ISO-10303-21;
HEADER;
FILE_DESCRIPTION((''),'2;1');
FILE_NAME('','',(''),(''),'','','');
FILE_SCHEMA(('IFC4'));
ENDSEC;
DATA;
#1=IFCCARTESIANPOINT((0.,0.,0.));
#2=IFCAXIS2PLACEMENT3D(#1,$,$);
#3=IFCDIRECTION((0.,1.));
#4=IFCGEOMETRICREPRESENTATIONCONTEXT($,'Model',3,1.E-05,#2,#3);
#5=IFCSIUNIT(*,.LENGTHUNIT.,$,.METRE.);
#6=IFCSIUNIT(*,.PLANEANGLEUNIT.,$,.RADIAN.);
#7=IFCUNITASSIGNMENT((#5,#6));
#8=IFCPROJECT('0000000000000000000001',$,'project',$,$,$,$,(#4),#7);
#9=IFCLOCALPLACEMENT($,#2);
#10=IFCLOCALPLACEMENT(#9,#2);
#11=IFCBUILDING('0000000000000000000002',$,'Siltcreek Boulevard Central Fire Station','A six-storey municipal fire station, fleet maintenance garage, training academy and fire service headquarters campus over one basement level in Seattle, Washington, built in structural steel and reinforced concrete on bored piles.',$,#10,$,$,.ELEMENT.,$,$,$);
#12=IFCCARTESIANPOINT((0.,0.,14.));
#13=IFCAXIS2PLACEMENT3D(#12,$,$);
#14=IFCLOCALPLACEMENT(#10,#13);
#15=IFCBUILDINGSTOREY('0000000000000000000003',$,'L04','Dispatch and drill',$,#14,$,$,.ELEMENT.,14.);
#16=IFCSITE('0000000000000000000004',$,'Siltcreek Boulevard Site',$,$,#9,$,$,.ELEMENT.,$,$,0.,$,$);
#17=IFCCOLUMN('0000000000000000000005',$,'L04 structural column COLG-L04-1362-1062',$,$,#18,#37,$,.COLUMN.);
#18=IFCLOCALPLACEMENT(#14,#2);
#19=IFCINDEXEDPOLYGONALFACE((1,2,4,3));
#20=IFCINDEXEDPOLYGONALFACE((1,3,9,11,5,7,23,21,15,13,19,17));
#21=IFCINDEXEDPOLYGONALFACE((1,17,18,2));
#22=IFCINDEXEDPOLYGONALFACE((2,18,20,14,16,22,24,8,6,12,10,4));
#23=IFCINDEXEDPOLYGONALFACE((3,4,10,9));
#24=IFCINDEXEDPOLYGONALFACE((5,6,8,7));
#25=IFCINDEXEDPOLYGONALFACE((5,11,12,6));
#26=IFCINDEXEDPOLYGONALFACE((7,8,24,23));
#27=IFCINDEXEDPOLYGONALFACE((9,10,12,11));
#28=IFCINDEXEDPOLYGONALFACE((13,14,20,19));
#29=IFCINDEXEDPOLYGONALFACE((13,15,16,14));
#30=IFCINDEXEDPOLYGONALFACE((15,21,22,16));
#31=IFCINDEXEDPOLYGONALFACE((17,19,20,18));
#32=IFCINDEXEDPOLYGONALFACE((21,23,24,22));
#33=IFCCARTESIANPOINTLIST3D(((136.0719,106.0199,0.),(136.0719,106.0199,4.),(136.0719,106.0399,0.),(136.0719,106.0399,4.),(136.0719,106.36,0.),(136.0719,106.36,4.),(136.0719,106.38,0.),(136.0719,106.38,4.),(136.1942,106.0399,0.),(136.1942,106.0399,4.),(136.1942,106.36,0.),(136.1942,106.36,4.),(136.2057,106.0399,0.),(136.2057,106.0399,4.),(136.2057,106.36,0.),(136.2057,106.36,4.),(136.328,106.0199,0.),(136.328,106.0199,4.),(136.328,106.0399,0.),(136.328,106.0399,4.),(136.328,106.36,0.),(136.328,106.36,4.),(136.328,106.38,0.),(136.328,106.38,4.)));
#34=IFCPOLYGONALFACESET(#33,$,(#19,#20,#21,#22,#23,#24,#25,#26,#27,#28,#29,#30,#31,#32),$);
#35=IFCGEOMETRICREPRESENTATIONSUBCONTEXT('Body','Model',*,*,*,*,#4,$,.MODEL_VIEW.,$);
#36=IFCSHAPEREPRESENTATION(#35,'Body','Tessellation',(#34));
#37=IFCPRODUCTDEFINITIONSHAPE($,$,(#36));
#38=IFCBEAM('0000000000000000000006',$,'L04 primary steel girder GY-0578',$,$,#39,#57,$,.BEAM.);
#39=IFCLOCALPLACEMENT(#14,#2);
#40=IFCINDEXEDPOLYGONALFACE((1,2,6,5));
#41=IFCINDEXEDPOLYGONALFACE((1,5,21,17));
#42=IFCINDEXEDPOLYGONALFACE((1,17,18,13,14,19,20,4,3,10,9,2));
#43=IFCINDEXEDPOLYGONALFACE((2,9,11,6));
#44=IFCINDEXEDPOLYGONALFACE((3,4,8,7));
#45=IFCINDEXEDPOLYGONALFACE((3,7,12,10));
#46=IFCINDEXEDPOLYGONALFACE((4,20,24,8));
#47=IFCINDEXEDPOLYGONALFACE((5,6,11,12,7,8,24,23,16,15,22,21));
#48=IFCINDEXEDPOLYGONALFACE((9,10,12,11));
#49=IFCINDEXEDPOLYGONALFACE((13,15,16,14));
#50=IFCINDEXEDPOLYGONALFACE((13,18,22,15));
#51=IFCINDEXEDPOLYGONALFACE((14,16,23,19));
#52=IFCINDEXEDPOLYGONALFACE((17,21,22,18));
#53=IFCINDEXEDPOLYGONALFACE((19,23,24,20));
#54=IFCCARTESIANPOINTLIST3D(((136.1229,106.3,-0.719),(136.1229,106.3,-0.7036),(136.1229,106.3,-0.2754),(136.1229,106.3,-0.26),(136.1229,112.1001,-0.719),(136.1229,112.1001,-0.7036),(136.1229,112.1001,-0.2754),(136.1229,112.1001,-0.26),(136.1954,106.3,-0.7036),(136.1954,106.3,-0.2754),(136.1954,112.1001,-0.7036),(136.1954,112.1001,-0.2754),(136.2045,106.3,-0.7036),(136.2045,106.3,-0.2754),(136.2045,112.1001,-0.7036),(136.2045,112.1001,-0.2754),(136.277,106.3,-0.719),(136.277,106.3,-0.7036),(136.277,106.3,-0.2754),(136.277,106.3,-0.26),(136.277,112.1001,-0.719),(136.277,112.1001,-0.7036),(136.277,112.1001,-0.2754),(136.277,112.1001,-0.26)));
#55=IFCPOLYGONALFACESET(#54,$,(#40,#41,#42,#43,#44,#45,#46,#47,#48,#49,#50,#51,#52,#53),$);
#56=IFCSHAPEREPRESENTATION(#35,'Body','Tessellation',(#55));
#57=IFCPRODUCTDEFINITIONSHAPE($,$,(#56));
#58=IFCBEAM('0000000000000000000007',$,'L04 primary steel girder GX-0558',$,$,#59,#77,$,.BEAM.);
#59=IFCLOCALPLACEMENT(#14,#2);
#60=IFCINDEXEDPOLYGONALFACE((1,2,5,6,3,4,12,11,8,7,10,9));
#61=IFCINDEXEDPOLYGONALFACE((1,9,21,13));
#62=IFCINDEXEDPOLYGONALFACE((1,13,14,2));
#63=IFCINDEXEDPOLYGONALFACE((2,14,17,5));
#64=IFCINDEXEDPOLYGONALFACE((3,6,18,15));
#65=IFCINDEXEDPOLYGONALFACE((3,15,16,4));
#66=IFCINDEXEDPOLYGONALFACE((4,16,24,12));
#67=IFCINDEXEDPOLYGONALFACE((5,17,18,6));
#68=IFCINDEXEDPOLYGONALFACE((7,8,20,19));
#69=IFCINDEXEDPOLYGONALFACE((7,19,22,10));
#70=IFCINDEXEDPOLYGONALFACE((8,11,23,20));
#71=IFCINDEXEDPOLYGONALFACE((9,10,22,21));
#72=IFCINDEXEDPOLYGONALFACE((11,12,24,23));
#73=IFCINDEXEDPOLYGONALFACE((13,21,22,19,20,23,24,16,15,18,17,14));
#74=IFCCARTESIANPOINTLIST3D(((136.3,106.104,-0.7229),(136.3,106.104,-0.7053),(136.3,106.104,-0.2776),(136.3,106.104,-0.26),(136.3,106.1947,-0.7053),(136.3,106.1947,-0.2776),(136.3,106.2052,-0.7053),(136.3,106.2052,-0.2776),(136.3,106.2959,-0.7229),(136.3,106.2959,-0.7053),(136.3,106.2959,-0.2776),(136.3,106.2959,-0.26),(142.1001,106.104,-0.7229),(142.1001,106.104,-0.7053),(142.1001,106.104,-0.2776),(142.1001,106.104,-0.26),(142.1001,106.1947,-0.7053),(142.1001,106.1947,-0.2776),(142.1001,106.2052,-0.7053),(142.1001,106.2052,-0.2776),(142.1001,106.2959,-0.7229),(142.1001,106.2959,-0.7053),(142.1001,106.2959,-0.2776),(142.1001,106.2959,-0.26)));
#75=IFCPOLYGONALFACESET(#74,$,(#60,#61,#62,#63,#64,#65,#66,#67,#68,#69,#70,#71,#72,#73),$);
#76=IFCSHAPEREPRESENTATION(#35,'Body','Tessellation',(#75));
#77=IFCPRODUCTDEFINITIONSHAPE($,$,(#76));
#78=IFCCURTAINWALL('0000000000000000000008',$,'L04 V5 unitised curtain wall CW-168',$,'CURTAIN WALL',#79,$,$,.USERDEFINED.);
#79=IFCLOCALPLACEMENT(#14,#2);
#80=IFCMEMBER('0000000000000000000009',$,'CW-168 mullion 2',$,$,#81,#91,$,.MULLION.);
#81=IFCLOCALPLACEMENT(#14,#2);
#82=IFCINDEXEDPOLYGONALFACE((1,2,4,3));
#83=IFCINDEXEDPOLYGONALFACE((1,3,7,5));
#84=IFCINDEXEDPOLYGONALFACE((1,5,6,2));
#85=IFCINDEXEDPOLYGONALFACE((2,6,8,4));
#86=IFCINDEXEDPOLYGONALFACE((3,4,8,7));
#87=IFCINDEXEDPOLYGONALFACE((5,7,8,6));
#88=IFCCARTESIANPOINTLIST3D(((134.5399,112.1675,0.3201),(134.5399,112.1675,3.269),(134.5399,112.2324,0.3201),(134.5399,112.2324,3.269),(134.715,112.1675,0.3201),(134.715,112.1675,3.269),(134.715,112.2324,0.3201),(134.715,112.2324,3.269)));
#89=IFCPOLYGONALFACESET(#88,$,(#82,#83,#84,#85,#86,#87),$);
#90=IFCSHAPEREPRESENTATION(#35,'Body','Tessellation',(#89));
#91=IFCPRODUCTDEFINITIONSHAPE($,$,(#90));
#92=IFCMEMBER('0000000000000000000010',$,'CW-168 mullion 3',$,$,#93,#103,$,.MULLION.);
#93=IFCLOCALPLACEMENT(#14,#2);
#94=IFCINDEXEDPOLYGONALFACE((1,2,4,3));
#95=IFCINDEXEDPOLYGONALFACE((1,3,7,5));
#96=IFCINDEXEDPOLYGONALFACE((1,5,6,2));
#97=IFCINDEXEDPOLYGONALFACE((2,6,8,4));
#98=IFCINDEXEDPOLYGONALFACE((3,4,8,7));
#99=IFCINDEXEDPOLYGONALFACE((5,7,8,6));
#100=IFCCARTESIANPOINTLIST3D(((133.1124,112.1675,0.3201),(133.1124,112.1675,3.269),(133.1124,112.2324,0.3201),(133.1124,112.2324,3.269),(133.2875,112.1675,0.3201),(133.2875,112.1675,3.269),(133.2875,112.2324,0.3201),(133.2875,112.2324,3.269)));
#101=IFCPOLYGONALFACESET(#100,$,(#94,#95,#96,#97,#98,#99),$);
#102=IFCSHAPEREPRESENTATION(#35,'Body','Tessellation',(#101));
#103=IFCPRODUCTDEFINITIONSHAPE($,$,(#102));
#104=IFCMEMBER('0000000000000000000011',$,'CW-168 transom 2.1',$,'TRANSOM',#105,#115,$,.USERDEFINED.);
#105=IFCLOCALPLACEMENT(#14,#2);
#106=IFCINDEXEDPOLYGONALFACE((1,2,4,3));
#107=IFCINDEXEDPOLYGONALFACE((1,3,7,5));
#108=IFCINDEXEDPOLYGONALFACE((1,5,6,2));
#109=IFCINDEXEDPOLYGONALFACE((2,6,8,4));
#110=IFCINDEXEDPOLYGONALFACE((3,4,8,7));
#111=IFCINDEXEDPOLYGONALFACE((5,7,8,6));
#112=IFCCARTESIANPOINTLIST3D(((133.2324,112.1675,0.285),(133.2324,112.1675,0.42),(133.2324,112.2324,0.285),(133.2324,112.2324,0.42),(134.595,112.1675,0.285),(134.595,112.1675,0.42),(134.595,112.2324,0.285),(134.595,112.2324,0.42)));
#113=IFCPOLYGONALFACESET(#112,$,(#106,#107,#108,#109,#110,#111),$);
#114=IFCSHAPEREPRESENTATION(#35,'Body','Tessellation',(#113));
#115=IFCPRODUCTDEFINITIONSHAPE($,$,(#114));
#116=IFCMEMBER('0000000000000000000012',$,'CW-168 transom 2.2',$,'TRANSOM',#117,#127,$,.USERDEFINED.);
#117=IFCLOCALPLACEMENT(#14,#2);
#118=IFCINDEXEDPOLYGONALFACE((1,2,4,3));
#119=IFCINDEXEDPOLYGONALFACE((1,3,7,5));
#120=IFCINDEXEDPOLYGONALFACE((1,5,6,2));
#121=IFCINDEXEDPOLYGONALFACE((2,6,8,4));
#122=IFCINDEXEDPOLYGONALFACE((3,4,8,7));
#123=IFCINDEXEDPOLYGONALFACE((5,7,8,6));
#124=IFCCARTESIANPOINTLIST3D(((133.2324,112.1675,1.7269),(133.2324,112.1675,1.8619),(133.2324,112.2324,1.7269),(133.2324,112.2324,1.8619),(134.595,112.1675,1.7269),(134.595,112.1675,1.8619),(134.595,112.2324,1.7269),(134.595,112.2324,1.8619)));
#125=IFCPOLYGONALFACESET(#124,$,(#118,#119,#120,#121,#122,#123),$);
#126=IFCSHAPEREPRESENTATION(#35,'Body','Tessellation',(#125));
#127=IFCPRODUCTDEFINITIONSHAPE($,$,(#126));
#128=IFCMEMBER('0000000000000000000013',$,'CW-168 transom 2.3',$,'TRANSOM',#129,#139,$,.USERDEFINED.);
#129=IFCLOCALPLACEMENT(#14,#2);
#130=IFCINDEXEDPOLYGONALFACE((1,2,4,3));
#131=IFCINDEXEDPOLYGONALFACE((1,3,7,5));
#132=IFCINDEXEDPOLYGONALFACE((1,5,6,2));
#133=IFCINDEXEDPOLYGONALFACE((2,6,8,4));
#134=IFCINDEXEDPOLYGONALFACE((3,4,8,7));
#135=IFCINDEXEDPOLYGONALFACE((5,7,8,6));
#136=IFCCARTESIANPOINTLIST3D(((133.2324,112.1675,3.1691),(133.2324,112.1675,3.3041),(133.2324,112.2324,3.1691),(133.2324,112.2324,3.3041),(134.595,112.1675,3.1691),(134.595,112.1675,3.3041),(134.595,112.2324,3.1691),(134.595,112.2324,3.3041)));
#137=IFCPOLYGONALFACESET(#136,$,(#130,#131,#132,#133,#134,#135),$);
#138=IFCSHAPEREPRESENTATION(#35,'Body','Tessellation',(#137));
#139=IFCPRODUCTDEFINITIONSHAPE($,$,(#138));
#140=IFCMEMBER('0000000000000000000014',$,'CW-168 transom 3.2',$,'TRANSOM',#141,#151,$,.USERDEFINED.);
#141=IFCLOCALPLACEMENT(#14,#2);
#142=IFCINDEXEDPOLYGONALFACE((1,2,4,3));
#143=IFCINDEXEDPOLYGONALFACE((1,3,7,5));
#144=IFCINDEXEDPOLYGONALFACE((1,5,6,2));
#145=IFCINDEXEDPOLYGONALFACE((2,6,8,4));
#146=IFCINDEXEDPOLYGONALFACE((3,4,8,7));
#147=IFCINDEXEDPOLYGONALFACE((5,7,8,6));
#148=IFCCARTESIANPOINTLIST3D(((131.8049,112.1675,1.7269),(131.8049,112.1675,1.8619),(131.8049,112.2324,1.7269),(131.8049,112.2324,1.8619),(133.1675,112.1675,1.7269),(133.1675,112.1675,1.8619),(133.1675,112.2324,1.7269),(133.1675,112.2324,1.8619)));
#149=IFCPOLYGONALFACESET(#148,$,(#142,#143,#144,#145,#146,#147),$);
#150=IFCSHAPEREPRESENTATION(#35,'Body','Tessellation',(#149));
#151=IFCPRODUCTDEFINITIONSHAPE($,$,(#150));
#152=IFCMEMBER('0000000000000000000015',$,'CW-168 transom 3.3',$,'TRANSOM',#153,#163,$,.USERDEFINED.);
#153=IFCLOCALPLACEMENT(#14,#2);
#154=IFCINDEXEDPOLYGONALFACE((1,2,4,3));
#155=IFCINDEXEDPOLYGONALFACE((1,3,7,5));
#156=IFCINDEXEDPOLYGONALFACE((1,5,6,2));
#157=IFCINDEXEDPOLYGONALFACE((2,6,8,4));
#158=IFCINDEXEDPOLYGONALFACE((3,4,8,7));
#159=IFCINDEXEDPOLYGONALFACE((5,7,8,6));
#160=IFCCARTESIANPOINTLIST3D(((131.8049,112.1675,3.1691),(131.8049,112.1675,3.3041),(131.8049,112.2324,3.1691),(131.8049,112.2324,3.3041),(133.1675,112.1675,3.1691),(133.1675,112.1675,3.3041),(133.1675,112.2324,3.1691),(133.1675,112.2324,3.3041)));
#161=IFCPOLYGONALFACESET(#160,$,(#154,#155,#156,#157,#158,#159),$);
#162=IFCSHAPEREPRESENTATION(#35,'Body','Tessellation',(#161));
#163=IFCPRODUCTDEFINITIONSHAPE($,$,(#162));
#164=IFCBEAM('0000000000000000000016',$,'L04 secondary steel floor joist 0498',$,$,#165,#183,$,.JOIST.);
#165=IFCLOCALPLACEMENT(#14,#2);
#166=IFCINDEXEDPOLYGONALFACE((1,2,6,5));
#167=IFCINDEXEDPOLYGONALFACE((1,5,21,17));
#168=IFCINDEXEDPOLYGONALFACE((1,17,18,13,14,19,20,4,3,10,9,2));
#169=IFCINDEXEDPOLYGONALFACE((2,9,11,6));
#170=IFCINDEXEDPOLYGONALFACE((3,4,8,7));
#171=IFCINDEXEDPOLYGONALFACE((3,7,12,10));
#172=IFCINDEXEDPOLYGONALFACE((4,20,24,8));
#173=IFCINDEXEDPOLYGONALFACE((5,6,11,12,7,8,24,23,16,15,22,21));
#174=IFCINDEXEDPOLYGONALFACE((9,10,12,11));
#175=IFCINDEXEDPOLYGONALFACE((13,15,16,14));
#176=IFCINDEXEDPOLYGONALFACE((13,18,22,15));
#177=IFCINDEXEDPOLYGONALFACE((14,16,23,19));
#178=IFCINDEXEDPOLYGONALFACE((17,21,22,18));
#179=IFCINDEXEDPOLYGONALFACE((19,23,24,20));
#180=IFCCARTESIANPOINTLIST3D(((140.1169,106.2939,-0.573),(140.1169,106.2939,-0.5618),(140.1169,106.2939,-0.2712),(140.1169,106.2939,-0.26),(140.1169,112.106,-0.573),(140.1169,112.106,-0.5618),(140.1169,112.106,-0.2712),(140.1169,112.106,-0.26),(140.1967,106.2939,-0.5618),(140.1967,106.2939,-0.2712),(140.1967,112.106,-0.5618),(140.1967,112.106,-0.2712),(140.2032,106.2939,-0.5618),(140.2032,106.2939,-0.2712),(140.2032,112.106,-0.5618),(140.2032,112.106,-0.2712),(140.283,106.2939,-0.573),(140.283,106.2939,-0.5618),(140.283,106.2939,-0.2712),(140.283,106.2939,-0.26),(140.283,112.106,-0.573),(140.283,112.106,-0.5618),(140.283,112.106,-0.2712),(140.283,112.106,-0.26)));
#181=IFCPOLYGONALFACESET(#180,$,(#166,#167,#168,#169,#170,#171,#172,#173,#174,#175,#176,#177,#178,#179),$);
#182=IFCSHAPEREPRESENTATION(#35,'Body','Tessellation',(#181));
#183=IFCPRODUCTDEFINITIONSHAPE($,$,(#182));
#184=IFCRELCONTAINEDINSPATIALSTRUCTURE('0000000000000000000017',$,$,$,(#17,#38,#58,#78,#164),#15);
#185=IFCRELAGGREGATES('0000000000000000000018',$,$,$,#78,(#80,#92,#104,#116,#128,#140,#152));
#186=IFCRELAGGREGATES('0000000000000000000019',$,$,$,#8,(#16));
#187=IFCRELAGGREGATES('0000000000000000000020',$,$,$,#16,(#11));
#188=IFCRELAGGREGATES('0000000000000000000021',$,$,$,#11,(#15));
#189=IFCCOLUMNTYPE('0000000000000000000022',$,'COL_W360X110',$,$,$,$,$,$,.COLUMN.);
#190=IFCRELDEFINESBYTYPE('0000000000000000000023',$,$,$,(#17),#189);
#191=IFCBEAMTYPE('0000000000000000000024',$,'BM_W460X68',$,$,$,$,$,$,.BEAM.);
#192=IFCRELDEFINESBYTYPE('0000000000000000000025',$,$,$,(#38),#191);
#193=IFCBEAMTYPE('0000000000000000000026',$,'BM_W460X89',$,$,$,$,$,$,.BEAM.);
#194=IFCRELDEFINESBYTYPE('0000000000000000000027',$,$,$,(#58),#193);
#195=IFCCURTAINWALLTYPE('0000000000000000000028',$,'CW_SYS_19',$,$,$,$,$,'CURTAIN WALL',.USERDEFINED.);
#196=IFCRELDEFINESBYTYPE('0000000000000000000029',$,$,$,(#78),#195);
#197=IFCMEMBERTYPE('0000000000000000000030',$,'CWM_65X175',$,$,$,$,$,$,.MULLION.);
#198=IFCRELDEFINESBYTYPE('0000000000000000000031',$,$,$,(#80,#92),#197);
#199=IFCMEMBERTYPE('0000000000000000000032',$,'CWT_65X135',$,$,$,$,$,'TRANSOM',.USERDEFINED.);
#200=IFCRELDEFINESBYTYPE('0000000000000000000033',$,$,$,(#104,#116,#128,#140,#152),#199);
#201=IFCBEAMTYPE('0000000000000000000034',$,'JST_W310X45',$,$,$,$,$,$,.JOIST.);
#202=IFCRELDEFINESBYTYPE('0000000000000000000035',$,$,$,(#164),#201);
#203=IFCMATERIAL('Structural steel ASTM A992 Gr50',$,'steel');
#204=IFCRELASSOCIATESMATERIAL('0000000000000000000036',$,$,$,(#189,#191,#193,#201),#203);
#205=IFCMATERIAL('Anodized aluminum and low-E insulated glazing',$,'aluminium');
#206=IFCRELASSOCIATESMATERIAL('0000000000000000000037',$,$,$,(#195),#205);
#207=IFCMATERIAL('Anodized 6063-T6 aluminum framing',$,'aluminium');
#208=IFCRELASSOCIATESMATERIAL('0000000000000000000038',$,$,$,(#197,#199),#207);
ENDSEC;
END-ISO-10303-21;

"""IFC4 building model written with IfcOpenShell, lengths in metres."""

from ifc_helpers import new_model, si_unit, direction, frame, origin, origin_2d, place, context, subcontext, project, spatial, rectangle, i_section, extrude, material, material_profile, profile_set, type_object, element, aggregate, save


model = new_model("IFC4")

# Units and contexts
model_context = context("Model", 3, precision=1e-05, world=origin(), true_north=direction((0.0, 1.0)))
body_context = subcontext(model_context, "Body", "Model", "MODEL_VIEW")
ifc_project = project(units=[si_unit("LENGTHUNIT", "METRE"), si_unit("PLANEANGLEUNIT", "RADIAN")], contexts=[model_context])

# Site, building, storey
site_placement = place(None, origin())
site = spatial("IfcSite", under=ifc_project, at=site_placement, Name="Siltcreek Boulevard Site", CompositionType="ELEMENT", RefElevation=0.0)
building_placement = place(site_placement, origin())
building = spatial("IfcBuilding", under=site, at=building_placement, Name="Siltcreek Boulevard Central Fire Station", Description="A six-storey municipal fire station, fleet maintenance garage, training academy and fire service headquarters campus over one basement level in Seattle, Washington, built in structural steel and reinforced concrete on bored piles.", CompositionType="ELEMENT")
storey_placement = place(building_placement, frame((0.0, 0.0, 14.0)))
storey = spatial("IfcBuildingStorey", under=building, at=storey_placement, Name="L04", Description="Dispatch and drill", CompositionType="ELEMENT", Elevation=14.0)

# Column
ifc_material_1 = material(Name="Structural steel ASTM A992 Gr50", Category="steel")
ifc_material_profile_1 = material_profile(ifc_material_1, i_section(OverallWidth=0.2561, OverallDepth=0.3601, WebThickness=0.0115, FlangeThickness=0.02, at=origin_2d()), Name="W360X110")
ifc_profile_set_1 = profile_set([ifc_material_profile_1], Name="Structural steel ASTM A992 Gr50")
column_type = type_object("IfcColumnType", Name="COL_W360X110", PredefinedType="COLUMN", material=ifc_profile_set_1)
column_placement = place(storey_placement, frame((136.2, 106.2, 0.0), z_axis=(0.0, 0.0, 1.0), x_axis=(1.0, 0.0, 0.0)))
element("IfcColumn", 1, at=column_placement, inside=storey, type_object=column_type, Name="L04 structural column COLG-L04-1362-1062", PredefinedType="COLUMN", context=body_context, shape_type="SweptSolid", body=[
    extrude(i_section(OverallWidth=0.2561, OverallDepth=0.3601, WebThickness=0.0115, FlangeThickness=0.02, at=origin_2d()), origin(), (0.0, 0.0, 1.0), 4.0),
])

# Beams
ifc_material_profile_2 = material_profile(ifc_material_1, i_section(OverallWidth=0.1541, OverallDepth=0.459, WebThickness=0.009, FlangeThickness=0.0154, at=origin_2d()), Name="W460X68")
ifc_profile_set_2 = profile_set([ifc_material_profile_2], Name="Structural steel ASTM A992 Gr50")
beam_type_1 = type_object("IfcBeamType", Name="BM_W460X68", PredefinedType="BEAM", material=ifc_profile_set_2)
beam_1_placement = place(storey_placement, frame((136.2, 106.3, -0.4895), z_axis=(0.0, 1.0, 0.0), x_axis=(-1.0, 0.0, 0.0)))
element("IfcBeam", 2, at=beam_1_placement, inside=storey, type_object=beam_type_1, Name="L04 primary steel girder GY-0578", PredefinedType="BEAM", context=body_context, shape_type="SweptSolid", body=[
    extrude(i_section(OverallWidth=0.1541, OverallDepth=0.459, WebThickness=0.009, FlangeThickness=0.0154, at=origin_2d()), origin(), (0.0, 0.0, 1.0), 5.8),
])
ifc_material_profile_3 = material_profile(ifc_material_1, i_section(OverallWidth=0.1919, OverallDepth=0.4629, WebThickness=0.0105, FlangeThickness=0.0176, at=origin_2d()), Name="W460X89")
ifc_profile_set_3 = profile_set([ifc_material_profile_3], Name="Structural steel ASTM A992 Gr50")
beam_type_2 = type_object("IfcBeamType", Name="BM_W460X89", PredefinedType="BEAM", material=ifc_profile_set_3)
beam_2_placement = place(storey_placement, frame((136.3, 106.2, -0.4915), z_axis=(1.0, 0.0, 0.0), x_axis=(0.0, 1.0, 0.0)))
element("IfcBeam", 3, at=beam_2_placement, inside=storey, type_object=beam_type_2, Name="L04 primary steel girder GX-0558", PredefinedType="BEAM", context=body_context, shape_type="SweptSolid", body=[
    extrude(i_section(OverallWidth=0.1919, OverallDepth=0.4629, WebThickness=0.0105, FlangeThickness=0.0176, at=origin_2d()), origin(), (0.0, 0.0, 1.0), 5.8),
])

# Curtain wall, members
ifc_material_2 = material(Name="Anodized aluminum and low-E insulated glazing", Category="aluminium")
curtain_wall_type = type_object("IfcCurtainWallType", Name="CW_SYS_19", ElementType="CURTAIN WALL", PredefinedType="USERDEFINED", material=ifc_material_2)
curtain_wall_placement = place(storey_placement, origin())
curtain_wall = element("IfcCurtainWall", 4, at=curtain_wall_placement, inside=storey, type_object=curtain_wall_type, Name="L04 V5 unitised curtain wall CW-168", ObjectType="CURTAIN WALL", PredefinedType="USERDEFINED")
ifc_material_3 = material(Name="Anodized 6063-T6 aluminum framing", Category="aluminium")
ifc_material_profile_4 = material_profile(ifc_material_3, rectangle(XDim=0.0649, YDim=0.175, at=origin_2d()), Name="MULL65X175")
ifc_profile_set_4 = profile_set([ifc_material_profile_4], Name="Anodized 6063-T6 aluminum framing")
member_type_1 = type_object("IfcMemberType", Name="CWM_65X175", PredefinedType="MULLION", material=ifc_profile_set_4)
member_1_placement = place(storey_placement, frame((134.6274, 112.2, 0.3201), z_axis=(0.0, 0.0, 1.0), x_axis=(0.0, -1.0, 0.0)))
member_1 = element("IfcMember", 5, at=member_1_placement, type_object=member_type_1, Name="CW-168 mullion 2", PredefinedType="MULLION", context=body_context, shape_type="SweptSolid", body=[
    extrude(rectangle(XDim=0.0649, YDim=0.175, at=origin_2d()), origin(), (0.0, 0.0, 1.0), 2.949),
])
member_2_placement = place(storey_placement, frame((133.2, 112.2, 0.3201), z_axis=(0.0, 0.0, 1.0), x_axis=(0.0, -1.0, 0.0)))
member_2 = element("IfcMember", 6, at=member_2_placement, type_object=member_type_1, Name="CW-168 mullion 3", PredefinedType="MULLION", context=body_context, shape_type="SweptSolid", body=[
    extrude(rectangle(XDim=0.0649, YDim=0.175, at=origin_2d()), origin(), (0.0, 0.0, 1.0), 2.949),
])
ifc_material_profile_5 = material_profile(ifc_material_3, rectangle(XDim=0.0649, YDim=0.135, at=origin_2d()), Name="TRAN65X135")
ifc_profile_set_5 = profile_set([ifc_material_profile_5], Name="Anodized 6063-T6 aluminum framing")
member_type_2 = type_object("IfcMemberType", Name="CWT_65X135", ElementType="TRANSOM", PredefinedType="USERDEFINED", material=ifc_profile_set_5)
member_3_placement = place(storey_placement, frame((134.595, 112.2, 0.3525), z_axis=(-1.0, 0.0, 0.0), x_axis=(0.0, -1.0, 0.0)))
member_3 = element("IfcMember", 7, at=member_3_placement, type_object=member_type_2, Name="CW-168 transom 2.1", ObjectType="TRANSOM", PredefinedType="USERDEFINED", context=body_context, shape_type="SweptSolid", body=[
    extrude(rectangle(XDim=0.0649, YDim=0.135, at=origin_2d()), origin(), (0.0, 0.0, 1.0), 1.3625),
])
member_4_placement = place(storey_placement, frame((134.595, 112.2, 1.7944), z_axis=(-1.0, 0.0, 0.0), x_axis=(0.0, -1.0, 0.0)))
member_4 = element("IfcMember", 8, at=member_4_placement, type_object=member_type_2, Name="CW-168 transom 2.2", ObjectType="TRANSOM", PredefinedType="USERDEFINED", context=body_context, shape_type="SweptSolid", body=[
    extrude(rectangle(XDim=0.0649, YDim=0.135, at=origin_2d()), origin(), (0.0, 0.0, 1.0), 1.3625),
])
member_5_placement = place(storey_placement, frame((134.595, 112.2, 3.2366), z_axis=(-1.0, 0.0, 0.0), x_axis=(0.0, -1.0, 0.0)))
member_5 = element("IfcMember", 9, at=member_5_placement, type_object=member_type_2, Name="CW-168 transom 2.3", ObjectType="TRANSOM", PredefinedType="USERDEFINED", context=body_context, shape_type="SweptSolid", body=[
    extrude(rectangle(XDim=0.0649, YDim=0.135, at=origin_2d()), origin(), (0.0, 0.0, 1.0), 1.3625),
])
member_6_placement = place(storey_placement, frame((133.1675, 112.2, 1.7944), z_axis=(-1.0, 0.0, 0.0), x_axis=(0.0, -1.0, 0.0)))
member_6 = element("IfcMember", 10, at=member_6_placement, type_object=member_type_2, Name="CW-168 transom 3.2", ObjectType="TRANSOM", PredefinedType="USERDEFINED", context=body_context, shape_type="SweptSolid", body=[
    extrude(rectangle(XDim=0.0649, YDim=0.135, at=origin_2d()), origin(), (0.0, 0.0, 1.0), 1.3625),
])
member_7_placement = place(storey_placement, frame((133.1675, 112.2, 3.2366), z_axis=(-1.0, 0.0, 0.0), x_axis=(0.0, -1.0, 0.0)))
member_7 = element("IfcMember", 11, at=member_7_placement, type_object=member_type_2, Name="CW-168 transom 3.3", ObjectType="TRANSOM", PredefinedType="USERDEFINED", context=body_context, shape_type="SweptSolid", body=[
    extrude(rectangle(XDim=0.0649, YDim=0.135, at=origin_2d()), origin(), (0.0, 0.0, 1.0), 1.3625),
])

# Beam
ifc_material_profile_6 = material_profile(ifc_material_1, i_section(OverallWidth=0.166, OverallDepth=0.313, WebThickness=0.0066, FlangeThickness=0.0112, at=origin_2d()), Name="W310X45")
ifc_profile_set_6 = profile_set([ifc_material_profile_6], Name="Structural steel ASTM A992 Gr50")
beam_type_3 = type_object("IfcBeamType", Name="JST_W310X45", PredefinedType="JOIST", material=ifc_profile_set_6)
beam_3_placement = place(storey_placement, frame((140.2, 106.2939, -0.4165), z_axis=(0.0, 1.0, 0.0), x_axis=(-1.0, 0.0, 0.0)))
element("IfcBeam", 12, at=beam_3_placement, inside=storey, type_object=beam_type_3, Name="L04 secondary steel floor joist 0498", PredefinedType="JOIST", context=body_context, shape_type="SweptSolid", body=[
    extrude(i_section(OverallWidth=0.166, OverallDepth=0.313, WebThickness=0.0066, FlangeThickness=0.0112, at=origin_2d()), origin(), (0.0, 0.0, 1.0), 5.812),
])

aggregate(curtain_wall, [member_1, member_2, member_3, member_4, member_5, member_6, member_7])

save(model, "model.ifc")
